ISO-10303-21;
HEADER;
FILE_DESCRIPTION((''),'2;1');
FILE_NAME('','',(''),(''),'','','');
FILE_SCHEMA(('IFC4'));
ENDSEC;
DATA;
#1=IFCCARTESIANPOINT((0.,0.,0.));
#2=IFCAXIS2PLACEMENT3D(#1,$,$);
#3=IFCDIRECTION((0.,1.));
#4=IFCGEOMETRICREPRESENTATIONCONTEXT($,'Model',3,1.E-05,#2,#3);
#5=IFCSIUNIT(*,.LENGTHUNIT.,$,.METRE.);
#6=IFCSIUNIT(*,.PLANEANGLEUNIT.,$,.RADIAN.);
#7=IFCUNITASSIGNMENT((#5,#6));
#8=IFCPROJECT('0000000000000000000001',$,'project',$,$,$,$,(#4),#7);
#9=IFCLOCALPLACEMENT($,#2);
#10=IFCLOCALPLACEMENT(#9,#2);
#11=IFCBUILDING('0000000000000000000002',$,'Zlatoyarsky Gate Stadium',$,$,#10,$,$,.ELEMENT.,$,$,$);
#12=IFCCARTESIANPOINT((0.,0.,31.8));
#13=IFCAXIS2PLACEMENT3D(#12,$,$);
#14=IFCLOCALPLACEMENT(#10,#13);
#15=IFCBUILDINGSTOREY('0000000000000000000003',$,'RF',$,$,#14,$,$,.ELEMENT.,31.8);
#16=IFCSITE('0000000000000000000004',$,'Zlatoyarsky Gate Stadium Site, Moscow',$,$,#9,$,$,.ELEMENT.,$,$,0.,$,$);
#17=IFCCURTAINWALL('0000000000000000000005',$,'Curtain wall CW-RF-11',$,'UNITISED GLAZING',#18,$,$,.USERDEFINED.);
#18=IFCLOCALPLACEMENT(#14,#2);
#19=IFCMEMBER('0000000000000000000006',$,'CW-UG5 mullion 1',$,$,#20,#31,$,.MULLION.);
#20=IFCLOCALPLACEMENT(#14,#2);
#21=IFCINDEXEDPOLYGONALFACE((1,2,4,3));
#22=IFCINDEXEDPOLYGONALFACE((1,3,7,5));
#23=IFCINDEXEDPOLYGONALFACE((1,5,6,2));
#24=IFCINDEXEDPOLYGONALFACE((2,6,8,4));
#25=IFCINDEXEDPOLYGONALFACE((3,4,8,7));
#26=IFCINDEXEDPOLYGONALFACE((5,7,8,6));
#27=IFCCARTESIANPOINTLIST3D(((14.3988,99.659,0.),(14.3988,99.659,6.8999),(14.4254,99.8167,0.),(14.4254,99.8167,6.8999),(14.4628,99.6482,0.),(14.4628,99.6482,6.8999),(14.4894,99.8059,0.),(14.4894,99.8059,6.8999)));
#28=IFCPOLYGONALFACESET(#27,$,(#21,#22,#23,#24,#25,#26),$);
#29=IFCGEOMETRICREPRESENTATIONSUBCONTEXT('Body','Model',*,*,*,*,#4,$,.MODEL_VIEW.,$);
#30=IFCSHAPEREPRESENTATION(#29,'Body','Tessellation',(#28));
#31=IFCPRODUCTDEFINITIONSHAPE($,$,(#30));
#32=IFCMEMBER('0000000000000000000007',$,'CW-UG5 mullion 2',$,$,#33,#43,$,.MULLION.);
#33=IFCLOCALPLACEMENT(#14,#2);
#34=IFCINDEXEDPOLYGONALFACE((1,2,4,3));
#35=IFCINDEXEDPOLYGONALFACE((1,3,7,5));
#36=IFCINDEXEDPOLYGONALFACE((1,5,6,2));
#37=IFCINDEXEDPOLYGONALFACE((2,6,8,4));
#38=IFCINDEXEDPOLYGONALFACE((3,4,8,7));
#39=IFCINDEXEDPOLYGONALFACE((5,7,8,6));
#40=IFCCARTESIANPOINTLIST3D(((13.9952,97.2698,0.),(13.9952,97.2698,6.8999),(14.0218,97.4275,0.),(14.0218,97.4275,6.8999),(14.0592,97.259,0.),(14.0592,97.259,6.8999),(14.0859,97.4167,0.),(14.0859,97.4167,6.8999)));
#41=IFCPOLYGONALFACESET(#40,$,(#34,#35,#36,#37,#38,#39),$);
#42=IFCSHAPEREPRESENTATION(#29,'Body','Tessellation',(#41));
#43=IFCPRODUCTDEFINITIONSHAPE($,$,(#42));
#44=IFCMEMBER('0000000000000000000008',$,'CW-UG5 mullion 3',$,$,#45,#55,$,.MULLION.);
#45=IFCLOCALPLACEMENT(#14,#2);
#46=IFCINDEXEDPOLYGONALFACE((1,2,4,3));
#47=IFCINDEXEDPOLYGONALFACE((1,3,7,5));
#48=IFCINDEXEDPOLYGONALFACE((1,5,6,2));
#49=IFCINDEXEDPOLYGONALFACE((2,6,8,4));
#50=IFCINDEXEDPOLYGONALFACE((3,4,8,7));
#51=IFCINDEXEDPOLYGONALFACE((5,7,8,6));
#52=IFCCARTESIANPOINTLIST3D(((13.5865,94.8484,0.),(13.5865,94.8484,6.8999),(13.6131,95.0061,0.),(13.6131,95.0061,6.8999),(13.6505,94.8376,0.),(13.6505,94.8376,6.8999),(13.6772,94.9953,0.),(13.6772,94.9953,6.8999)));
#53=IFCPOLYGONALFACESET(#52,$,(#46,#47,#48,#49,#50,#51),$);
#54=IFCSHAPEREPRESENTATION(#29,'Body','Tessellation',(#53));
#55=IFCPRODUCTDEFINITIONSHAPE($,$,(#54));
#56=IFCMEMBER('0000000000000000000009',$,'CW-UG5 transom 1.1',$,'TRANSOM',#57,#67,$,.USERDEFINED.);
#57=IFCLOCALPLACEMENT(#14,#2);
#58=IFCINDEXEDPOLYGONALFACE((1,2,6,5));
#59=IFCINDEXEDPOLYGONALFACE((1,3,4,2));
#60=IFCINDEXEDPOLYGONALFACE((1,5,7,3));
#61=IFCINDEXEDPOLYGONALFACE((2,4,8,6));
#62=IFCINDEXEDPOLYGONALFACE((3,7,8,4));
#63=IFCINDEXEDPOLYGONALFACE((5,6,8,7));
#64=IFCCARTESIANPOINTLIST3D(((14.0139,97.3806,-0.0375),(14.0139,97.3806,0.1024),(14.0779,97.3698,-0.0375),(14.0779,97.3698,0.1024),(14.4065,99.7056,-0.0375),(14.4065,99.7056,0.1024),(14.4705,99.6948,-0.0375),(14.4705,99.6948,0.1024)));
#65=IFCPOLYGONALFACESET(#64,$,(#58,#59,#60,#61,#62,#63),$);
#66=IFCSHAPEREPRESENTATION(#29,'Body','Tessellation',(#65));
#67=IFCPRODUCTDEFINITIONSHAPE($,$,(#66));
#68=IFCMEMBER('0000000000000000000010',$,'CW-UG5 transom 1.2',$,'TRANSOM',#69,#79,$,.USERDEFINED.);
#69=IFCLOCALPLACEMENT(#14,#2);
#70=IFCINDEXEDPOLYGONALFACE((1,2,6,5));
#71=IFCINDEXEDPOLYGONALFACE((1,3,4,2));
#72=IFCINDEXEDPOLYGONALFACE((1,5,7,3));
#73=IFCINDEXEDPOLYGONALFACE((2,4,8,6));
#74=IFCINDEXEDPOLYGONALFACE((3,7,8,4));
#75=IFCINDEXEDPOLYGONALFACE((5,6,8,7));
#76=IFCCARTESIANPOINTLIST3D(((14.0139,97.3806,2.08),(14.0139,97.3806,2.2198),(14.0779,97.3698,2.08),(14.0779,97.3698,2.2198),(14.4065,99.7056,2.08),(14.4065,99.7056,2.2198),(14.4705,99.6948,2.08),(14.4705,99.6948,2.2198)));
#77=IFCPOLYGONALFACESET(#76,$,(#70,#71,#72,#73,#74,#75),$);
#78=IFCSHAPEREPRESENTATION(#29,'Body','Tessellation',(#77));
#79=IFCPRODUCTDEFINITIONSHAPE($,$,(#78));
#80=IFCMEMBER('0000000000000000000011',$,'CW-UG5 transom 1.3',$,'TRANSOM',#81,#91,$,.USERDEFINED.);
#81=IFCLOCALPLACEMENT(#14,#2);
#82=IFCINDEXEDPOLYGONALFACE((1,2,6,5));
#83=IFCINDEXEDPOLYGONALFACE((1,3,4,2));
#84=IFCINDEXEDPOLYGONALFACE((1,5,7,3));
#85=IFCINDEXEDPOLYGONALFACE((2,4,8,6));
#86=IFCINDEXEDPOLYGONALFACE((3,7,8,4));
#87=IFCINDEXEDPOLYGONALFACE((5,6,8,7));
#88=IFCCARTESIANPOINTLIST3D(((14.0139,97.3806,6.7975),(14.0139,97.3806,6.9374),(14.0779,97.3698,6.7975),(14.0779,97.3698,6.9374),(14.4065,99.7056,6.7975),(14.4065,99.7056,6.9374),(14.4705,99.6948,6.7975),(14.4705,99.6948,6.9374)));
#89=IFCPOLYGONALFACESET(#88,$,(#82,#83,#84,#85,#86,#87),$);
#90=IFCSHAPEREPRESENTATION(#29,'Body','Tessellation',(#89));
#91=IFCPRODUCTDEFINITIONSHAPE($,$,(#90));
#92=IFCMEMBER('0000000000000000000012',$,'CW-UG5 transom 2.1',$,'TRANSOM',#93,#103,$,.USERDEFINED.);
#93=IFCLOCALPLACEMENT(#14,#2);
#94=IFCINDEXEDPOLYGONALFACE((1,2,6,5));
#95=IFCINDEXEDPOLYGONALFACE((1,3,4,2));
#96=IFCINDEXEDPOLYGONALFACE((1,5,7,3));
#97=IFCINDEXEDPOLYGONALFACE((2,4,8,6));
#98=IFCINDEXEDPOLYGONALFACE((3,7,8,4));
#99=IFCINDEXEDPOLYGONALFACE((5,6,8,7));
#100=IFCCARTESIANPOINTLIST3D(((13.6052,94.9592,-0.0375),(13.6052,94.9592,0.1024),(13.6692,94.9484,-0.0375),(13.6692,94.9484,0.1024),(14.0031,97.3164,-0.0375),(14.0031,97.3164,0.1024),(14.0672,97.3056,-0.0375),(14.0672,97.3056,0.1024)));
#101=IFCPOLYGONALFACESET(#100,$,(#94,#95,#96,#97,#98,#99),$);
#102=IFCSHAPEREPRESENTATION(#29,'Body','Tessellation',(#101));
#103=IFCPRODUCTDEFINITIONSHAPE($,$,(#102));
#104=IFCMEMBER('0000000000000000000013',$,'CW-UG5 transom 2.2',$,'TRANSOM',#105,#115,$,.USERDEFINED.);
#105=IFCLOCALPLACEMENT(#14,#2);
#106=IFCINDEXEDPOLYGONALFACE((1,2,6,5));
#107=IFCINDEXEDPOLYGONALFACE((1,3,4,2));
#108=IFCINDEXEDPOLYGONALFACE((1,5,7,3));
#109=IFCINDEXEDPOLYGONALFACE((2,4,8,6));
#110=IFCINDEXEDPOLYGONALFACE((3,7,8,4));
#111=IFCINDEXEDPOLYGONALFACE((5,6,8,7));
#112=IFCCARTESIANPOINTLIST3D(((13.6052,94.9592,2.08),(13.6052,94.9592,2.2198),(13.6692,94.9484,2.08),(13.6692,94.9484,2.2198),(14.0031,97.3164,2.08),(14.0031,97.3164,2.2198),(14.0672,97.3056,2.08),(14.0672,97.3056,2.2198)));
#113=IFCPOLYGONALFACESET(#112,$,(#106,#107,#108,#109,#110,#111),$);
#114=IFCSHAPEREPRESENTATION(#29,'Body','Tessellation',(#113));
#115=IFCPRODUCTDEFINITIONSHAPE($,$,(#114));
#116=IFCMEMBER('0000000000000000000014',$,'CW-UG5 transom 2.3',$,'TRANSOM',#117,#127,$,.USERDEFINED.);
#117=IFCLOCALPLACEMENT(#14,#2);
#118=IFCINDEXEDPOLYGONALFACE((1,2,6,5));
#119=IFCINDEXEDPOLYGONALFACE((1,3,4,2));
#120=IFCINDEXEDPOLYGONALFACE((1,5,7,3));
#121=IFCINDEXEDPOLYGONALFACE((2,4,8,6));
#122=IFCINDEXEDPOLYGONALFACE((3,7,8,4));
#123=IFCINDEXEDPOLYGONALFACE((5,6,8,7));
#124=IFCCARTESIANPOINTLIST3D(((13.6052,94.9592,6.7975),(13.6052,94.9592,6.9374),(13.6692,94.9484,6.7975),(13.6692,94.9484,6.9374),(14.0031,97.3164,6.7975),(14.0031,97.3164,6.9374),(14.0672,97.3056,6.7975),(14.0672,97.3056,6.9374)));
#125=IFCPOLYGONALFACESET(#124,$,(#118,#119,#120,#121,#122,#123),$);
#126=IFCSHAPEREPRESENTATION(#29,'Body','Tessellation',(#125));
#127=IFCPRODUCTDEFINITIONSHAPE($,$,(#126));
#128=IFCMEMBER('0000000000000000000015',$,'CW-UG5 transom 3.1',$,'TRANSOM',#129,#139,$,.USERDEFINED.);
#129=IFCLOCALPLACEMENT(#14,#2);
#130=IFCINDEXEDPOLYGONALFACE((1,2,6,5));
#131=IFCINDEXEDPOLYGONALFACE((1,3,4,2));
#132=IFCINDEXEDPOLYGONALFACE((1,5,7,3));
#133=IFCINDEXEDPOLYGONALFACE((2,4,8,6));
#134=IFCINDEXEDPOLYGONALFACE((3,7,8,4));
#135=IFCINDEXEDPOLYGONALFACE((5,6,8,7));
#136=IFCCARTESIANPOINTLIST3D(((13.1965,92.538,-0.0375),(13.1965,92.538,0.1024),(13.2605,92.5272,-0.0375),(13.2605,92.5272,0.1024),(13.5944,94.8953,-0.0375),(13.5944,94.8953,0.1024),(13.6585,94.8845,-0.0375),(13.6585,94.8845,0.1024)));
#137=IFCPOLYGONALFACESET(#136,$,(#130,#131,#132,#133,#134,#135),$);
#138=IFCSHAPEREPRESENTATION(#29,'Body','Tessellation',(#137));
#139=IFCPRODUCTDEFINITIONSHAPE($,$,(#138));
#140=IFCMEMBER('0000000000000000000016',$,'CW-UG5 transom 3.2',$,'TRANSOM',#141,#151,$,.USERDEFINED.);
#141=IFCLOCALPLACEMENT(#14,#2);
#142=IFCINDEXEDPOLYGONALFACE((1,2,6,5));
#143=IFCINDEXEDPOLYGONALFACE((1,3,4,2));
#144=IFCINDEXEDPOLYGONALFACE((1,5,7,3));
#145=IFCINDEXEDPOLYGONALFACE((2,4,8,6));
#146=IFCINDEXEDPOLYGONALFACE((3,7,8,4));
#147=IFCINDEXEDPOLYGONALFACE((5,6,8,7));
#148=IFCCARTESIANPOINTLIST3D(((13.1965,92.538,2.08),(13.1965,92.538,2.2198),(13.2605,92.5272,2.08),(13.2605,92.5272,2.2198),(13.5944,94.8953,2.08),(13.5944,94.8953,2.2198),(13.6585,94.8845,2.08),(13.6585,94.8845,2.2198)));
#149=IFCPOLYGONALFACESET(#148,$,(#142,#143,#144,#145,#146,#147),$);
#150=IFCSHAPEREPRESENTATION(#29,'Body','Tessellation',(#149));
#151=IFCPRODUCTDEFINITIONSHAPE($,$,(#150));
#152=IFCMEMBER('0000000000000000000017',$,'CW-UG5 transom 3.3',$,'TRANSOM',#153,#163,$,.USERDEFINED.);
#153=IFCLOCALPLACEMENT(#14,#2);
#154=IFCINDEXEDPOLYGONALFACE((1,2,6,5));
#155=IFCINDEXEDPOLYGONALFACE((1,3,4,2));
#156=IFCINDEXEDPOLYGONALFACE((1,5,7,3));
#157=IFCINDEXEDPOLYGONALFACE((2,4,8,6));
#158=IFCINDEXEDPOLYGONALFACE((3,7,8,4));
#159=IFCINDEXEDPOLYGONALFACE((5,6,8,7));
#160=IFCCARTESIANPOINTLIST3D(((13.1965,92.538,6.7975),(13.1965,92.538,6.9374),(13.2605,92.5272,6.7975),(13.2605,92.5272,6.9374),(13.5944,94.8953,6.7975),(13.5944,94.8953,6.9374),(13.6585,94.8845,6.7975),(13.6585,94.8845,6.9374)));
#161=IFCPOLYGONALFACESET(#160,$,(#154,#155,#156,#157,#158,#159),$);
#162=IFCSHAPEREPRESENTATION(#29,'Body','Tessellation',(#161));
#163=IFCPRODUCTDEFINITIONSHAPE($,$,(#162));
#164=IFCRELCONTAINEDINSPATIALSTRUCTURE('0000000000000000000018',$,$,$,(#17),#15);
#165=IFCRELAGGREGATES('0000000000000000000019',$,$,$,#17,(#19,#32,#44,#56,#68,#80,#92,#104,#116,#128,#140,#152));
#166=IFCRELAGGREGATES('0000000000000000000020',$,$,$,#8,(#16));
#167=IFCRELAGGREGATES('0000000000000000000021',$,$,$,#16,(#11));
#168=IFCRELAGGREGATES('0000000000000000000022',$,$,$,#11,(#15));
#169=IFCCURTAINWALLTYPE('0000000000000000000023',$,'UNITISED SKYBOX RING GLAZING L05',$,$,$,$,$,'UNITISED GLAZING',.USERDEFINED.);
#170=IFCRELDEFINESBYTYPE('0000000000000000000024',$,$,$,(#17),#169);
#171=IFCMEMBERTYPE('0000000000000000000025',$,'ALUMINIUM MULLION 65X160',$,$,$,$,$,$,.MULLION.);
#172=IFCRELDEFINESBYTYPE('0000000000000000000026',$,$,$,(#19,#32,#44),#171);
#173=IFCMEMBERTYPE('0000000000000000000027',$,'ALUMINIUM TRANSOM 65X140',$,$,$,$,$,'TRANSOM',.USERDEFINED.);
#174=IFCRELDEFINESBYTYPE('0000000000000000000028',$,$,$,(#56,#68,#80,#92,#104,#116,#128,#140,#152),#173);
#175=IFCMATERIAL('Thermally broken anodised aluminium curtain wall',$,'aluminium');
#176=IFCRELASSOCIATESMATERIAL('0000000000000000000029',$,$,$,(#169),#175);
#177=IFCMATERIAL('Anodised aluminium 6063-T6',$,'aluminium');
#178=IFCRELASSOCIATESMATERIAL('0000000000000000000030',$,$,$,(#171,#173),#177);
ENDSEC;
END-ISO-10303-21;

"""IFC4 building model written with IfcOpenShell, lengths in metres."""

from ifc_helpers import new_model, si_unit, direction, frame, origin, origin_2d, place, context, subcontext, project, spatial, rectangle, extrude, material, material_profile, profile_set, type_object, element, aggregate, save


model = new_model("IFC4")

# Units and contexts
model_context = context("Model", 3, precision=1e-05, world=origin(), true_north=direction((0.0, 1.0)))
body_context = subcontext(model_context, "Body", "Model", "MODEL_VIEW")
ifc_project = project(units=[si_unit("LENGTHUNIT", "METRE"), si_unit("PLANEANGLEUNIT", "RADIAN")], contexts=[model_context])

# Site, building, storey
site_placement = place(None, origin())
site = spatial("IfcSite", under=ifc_project, at=site_placement, Name="Zlatoyarsky Gate Stadium Site, Moscow", CompositionType="ELEMENT", RefElevation=0.0)
building_placement = place(site_placement, origin())
building = spatial("IfcBuilding", under=site, at=building_placement, Name="Zlatoyarsky Gate Stadium", CompositionType="ELEMENT")
storey_placement = place(building_placement, frame((0.0, 0.0, 31.8)))
storey = spatial("IfcBuildingStorey", under=building, at=storey_placement, Name="RF", CompositionType="ELEMENT", Elevation=31.8)

# Curtain wall, members
ifc_material_1 = material(Name="Thermally broken anodised aluminium curtain wall", Category="aluminium")
curtain_wall_type = type_object("IfcCurtainWallType", Name="UNITISED SKYBOX RING GLAZING L05", ElementType="UNITISED GLAZING", PredefinedType="USERDEFINED", material=ifc_material_1)
curtain_wall_placement = place(storey_placement, origin())
curtain_wall = element("IfcCurtainWall", 1, at=curtain_wall_placement, inside=storey, type_object=curtain_wall_type, Name="Curtain wall CW-RF-11", ObjectType="UNITISED GLAZING", PredefinedType="USERDEFINED")
ifc_material_2 = material(Name="Anodised aluminium 6063-T6", Category="aluminium")
ifc_material_profile_1 = material_profile(ifc_material_2, rectangle(XDim=0.0649, YDim=0.1599, at=origin_2d()), Name="ALU 65X160")
ifc_profile_set_1 = profile_set([ifc_material_profile_1], Name="Anodised aluminium 6063-T6")
member_type_1 = type_object("IfcMemberType", Name="ALUMINIUM MULLION 65X160", PredefinedType="MULLION", material=ifc_profile_set_1)
member_1_placement = place(storey_placement, frame((14.4441, 99.7324, 0.0), z_axis=(0.0, 0.0, 1.0), x_axis=(0.986044, -0.166482, 0.0)))
member_1 = element("IfcMember", 2, at=member_1_placement, type_object=member_type_1, Name="CW-UG5 mullion 1", PredefinedType="MULLION", context=body_context, shape_type="SweptSolid", body=[
    extrude(rectangle(XDim=0.0649, YDim=0.1599, at=origin_2d()), origin(), (0.0, 0.0, 1.0), 6.8999),
])
member_2_placement = place(storey_placement, frame((14.0405, 97.3433, 0.0), z_axis=(0.0, 0.0, 1.0), x_axis=(0.986044, -0.166482, 0.0)))
member_2 = element("IfcMember", 3, at=member_2_placement, type_object=member_type_1, Name="CW-UG5 mullion 2", PredefinedType="MULLION", context=body_context, shape_type="SweptSolid", body=[
    extrude(rectangle(XDim=0.0649, YDim=0.1599, at=origin_2d()), origin(), (0.0, 0.0, 1.0), 6.8999),
])
member_3_placement = place(storey_placement, frame((13.6318, 94.9219, 0.0), z_axis=(0.0, 0.0, 1.0), x_axis=(0.986044, -0.166482, 0.0)))
member_3 = element("IfcMember", 4, at=member_3_placement, type_object=member_type_1, Name="CW-UG5 mullion 3", PredefinedType="MULLION", context=body_context, shape_type="SweptSolid", body=[
    extrude(rectangle(XDim=0.0649, YDim=0.1599, at=origin_2d()), origin(), (0.0, 0.0, 1.0), 6.8999),
])
ifc_material_profile_2 = material_profile(ifc_material_2, rectangle(XDim=0.0649, YDim=0.1399, at=origin_2d()), Name="ALU 65X140")
ifc_profile_set_2 = profile_set([ifc_material_profile_2], Name="Anodised aluminium 6063-T6")
member_type_2 = type_object("IfcMemberType", Name="ALUMINIUM TRANSOM 65X140", ElementType="TRANSOM", PredefinedType="USERDEFINED", material=ifc_profile_set_2)
member_4_placement = place(storey_placement, frame((14.4385, 99.7002, 0.0325), z_axis=(-0.166497, -0.986042, 0.0), x_axis=(0.986042, -0.166497, 0.0)))
member_4 = element("IfcMember", 5, at=member_4_placement, type_object=member_type_2, Name="CW-UG5 transom 1.1", ObjectType="TRANSOM", PredefinedType="USERDEFINED", context=body_context, shape_type="SweptSolid", body=[
    extrude(rectangle(XDim=0.0649, YDim=0.1399, at=origin_2d()), origin(), (0.0, 0.0, 1.0), 2.3579),
])
member_5_placement = place(storey_placement, frame((14.4385, 99.7002, 2.1499), z_axis=(-0.166497, -0.986042, 0.0), x_axis=(0.986042, -0.166497, 0.0)))
member_5 = element("IfcMember", 6, at=member_5_placement, type_object=member_type_2, Name="CW-UG5 transom 1.2", ObjectType="TRANSOM", PredefinedType="USERDEFINED", context=body_context, shape_type="SweptSolid", body=[
    extrude(rectangle(XDim=0.0649, YDim=0.1399, at=origin_2d()), origin(), (0.0, 0.0, 1.0), 2.3579),
])
member_6_placement = place(storey_placement, frame((14.4385, 99.7002, 6.8674), z_axis=(-0.166497, -0.986042, 0.0), x_axis=(0.986042, -0.166497, 0.0)))
member_6 = element("IfcMember", 7, at=member_6_placement, type_object=member_type_2, Name="CW-UG5 transom 1.3", ObjectType="TRANSOM", PredefinedType="USERDEFINED", context=body_context, shape_type="SweptSolid", body=[
    extrude(rectangle(XDim=0.0649, YDim=0.1399, at=origin_2d()), origin(), (0.0, 0.0, 1.0), 2.3579),
])
member_7_placement = place(storey_placement, frame((14.0352, 97.311, 0.0325), z_axis=(-0.166469, -0.986047, 0.0), x_axis=(0.986047, -0.166469, 0.0)))
member_7 = element("IfcMember", 8, at=member_7_placement, type_object=member_type_2, Name="CW-UG5 transom 2.1", ObjectType="TRANSOM", PredefinedType="USERDEFINED", context=body_context, shape_type="SweptSolid", body=[
    extrude(rectangle(XDim=0.0649, YDim=0.1399, at=origin_2d()), origin(), (0.0, 0.0, 1.0), 2.3906),
])
member_8_placement = place(storey_placement, frame((14.0352, 97.311, 2.1499), z_axis=(-0.166469, -0.986047, 0.0), x_axis=(0.986047, -0.166469, 0.0)))
member_8 = element("IfcMember", 9, at=member_8_placement, type_object=member_type_2, Name="CW-UG5 transom 2.2", ObjectType="TRANSOM", PredefinedType="USERDEFINED", context=body_context, shape_type="SweptSolid", body=[
    extrude(rectangle(XDim=0.0649, YDim=0.1399, at=origin_2d()), origin(), (0.0, 0.0, 1.0), 2.3906),
])
member_9_placement = place(storey_placement, frame((14.0352, 97.311, 6.8674), z_axis=(-0.166469, -0.986047, 0.0), x_axis=(0.986047, -0.166469, 0.0)))
member_9 = element("IfcMember", 10, at=member_9_placement, type_object=member_type_2, Name="CW-UG5 transom 2.3", ObjectType="TRANSOM", PredefinedType="USERDEFINED", context=body_context, shape_type="SweptSolid", body=[
    extrude(rectangle(XDim=0.0649, YDim=0.1399, at=origin_2d()), origin(), (0.0, 0.0, 1.0), 2.3906),
])
member_10_placement = place(storey_placement, frame((13.6265, 94.8899, 0.0325), z_axis=(-0.166469, -0.986047, 0.0), x_axis=(0.986047, -0.166469, 0.0)))
member_10 = element("IfcMember", 11, at=member_10_placement, type_object=member_type_2, Name="CW-UG5 transom 3.1", ObjectType="TRANSOM", PredefinedType="USERDEFINED", context=body_context, shape_type="SweptSolid", body=[
    extrude(rectangle(XDim=0.0649, YDim=0.1399, at=origin_2d()), origin(), (0.0, 0.0, 1.0), 2.3906),
])
member_11_placement = place(storey_placement, frame((13.6265, 94.8899, 2.1499), z_axis=(-0.166469, -0.986047, 0.0), x_axis=(0.986047, -0.166469, 0.0)))
member_11 = element("IfcMember", 12, at=member_11_placement, type_object=member_type_2, Name="CW-UG5 transom 3.2", ObjectType="TRANSOM", PredefinedType="USERDEFINED", context=body_context, shape_type="SweptSolid", body=[
    extrude(rectangle(XDim=0.0649, YDim=0.1399, at=origin_2d()), origin(), (0.0, 0.0, 1.0), 2.3906),
])
member_12_placement = place(storey_placement, frame((13.6265, 94.8899, 6.8674), z_axis=(-0.166469, -0.986047, 0.0), x_axis=(0.986047, -0.166469, 0.0)))
member_12 = element("IfcMember", 13, at=member_12_placement, type_object=member_type_2, Name="CW-UG5 transom 3.3", ObjectType="TRANSOM", PredefinedType="USERDEFINED", context=body_context, shape_type="SweptSolid", body=[
    extrude(rectangle(XDim=0.0649, YDim=0.1399, at=origin_2d()), origin(), (0.0, 0.0, 1.0), 2.3906),
])

aggregate(curtain_wall, [member_1, member_2, member_3, member_4, member_5, member_6, member_7, member_8, member_9, member_10, member_11, member_12])

save(model, "model.ifc")
